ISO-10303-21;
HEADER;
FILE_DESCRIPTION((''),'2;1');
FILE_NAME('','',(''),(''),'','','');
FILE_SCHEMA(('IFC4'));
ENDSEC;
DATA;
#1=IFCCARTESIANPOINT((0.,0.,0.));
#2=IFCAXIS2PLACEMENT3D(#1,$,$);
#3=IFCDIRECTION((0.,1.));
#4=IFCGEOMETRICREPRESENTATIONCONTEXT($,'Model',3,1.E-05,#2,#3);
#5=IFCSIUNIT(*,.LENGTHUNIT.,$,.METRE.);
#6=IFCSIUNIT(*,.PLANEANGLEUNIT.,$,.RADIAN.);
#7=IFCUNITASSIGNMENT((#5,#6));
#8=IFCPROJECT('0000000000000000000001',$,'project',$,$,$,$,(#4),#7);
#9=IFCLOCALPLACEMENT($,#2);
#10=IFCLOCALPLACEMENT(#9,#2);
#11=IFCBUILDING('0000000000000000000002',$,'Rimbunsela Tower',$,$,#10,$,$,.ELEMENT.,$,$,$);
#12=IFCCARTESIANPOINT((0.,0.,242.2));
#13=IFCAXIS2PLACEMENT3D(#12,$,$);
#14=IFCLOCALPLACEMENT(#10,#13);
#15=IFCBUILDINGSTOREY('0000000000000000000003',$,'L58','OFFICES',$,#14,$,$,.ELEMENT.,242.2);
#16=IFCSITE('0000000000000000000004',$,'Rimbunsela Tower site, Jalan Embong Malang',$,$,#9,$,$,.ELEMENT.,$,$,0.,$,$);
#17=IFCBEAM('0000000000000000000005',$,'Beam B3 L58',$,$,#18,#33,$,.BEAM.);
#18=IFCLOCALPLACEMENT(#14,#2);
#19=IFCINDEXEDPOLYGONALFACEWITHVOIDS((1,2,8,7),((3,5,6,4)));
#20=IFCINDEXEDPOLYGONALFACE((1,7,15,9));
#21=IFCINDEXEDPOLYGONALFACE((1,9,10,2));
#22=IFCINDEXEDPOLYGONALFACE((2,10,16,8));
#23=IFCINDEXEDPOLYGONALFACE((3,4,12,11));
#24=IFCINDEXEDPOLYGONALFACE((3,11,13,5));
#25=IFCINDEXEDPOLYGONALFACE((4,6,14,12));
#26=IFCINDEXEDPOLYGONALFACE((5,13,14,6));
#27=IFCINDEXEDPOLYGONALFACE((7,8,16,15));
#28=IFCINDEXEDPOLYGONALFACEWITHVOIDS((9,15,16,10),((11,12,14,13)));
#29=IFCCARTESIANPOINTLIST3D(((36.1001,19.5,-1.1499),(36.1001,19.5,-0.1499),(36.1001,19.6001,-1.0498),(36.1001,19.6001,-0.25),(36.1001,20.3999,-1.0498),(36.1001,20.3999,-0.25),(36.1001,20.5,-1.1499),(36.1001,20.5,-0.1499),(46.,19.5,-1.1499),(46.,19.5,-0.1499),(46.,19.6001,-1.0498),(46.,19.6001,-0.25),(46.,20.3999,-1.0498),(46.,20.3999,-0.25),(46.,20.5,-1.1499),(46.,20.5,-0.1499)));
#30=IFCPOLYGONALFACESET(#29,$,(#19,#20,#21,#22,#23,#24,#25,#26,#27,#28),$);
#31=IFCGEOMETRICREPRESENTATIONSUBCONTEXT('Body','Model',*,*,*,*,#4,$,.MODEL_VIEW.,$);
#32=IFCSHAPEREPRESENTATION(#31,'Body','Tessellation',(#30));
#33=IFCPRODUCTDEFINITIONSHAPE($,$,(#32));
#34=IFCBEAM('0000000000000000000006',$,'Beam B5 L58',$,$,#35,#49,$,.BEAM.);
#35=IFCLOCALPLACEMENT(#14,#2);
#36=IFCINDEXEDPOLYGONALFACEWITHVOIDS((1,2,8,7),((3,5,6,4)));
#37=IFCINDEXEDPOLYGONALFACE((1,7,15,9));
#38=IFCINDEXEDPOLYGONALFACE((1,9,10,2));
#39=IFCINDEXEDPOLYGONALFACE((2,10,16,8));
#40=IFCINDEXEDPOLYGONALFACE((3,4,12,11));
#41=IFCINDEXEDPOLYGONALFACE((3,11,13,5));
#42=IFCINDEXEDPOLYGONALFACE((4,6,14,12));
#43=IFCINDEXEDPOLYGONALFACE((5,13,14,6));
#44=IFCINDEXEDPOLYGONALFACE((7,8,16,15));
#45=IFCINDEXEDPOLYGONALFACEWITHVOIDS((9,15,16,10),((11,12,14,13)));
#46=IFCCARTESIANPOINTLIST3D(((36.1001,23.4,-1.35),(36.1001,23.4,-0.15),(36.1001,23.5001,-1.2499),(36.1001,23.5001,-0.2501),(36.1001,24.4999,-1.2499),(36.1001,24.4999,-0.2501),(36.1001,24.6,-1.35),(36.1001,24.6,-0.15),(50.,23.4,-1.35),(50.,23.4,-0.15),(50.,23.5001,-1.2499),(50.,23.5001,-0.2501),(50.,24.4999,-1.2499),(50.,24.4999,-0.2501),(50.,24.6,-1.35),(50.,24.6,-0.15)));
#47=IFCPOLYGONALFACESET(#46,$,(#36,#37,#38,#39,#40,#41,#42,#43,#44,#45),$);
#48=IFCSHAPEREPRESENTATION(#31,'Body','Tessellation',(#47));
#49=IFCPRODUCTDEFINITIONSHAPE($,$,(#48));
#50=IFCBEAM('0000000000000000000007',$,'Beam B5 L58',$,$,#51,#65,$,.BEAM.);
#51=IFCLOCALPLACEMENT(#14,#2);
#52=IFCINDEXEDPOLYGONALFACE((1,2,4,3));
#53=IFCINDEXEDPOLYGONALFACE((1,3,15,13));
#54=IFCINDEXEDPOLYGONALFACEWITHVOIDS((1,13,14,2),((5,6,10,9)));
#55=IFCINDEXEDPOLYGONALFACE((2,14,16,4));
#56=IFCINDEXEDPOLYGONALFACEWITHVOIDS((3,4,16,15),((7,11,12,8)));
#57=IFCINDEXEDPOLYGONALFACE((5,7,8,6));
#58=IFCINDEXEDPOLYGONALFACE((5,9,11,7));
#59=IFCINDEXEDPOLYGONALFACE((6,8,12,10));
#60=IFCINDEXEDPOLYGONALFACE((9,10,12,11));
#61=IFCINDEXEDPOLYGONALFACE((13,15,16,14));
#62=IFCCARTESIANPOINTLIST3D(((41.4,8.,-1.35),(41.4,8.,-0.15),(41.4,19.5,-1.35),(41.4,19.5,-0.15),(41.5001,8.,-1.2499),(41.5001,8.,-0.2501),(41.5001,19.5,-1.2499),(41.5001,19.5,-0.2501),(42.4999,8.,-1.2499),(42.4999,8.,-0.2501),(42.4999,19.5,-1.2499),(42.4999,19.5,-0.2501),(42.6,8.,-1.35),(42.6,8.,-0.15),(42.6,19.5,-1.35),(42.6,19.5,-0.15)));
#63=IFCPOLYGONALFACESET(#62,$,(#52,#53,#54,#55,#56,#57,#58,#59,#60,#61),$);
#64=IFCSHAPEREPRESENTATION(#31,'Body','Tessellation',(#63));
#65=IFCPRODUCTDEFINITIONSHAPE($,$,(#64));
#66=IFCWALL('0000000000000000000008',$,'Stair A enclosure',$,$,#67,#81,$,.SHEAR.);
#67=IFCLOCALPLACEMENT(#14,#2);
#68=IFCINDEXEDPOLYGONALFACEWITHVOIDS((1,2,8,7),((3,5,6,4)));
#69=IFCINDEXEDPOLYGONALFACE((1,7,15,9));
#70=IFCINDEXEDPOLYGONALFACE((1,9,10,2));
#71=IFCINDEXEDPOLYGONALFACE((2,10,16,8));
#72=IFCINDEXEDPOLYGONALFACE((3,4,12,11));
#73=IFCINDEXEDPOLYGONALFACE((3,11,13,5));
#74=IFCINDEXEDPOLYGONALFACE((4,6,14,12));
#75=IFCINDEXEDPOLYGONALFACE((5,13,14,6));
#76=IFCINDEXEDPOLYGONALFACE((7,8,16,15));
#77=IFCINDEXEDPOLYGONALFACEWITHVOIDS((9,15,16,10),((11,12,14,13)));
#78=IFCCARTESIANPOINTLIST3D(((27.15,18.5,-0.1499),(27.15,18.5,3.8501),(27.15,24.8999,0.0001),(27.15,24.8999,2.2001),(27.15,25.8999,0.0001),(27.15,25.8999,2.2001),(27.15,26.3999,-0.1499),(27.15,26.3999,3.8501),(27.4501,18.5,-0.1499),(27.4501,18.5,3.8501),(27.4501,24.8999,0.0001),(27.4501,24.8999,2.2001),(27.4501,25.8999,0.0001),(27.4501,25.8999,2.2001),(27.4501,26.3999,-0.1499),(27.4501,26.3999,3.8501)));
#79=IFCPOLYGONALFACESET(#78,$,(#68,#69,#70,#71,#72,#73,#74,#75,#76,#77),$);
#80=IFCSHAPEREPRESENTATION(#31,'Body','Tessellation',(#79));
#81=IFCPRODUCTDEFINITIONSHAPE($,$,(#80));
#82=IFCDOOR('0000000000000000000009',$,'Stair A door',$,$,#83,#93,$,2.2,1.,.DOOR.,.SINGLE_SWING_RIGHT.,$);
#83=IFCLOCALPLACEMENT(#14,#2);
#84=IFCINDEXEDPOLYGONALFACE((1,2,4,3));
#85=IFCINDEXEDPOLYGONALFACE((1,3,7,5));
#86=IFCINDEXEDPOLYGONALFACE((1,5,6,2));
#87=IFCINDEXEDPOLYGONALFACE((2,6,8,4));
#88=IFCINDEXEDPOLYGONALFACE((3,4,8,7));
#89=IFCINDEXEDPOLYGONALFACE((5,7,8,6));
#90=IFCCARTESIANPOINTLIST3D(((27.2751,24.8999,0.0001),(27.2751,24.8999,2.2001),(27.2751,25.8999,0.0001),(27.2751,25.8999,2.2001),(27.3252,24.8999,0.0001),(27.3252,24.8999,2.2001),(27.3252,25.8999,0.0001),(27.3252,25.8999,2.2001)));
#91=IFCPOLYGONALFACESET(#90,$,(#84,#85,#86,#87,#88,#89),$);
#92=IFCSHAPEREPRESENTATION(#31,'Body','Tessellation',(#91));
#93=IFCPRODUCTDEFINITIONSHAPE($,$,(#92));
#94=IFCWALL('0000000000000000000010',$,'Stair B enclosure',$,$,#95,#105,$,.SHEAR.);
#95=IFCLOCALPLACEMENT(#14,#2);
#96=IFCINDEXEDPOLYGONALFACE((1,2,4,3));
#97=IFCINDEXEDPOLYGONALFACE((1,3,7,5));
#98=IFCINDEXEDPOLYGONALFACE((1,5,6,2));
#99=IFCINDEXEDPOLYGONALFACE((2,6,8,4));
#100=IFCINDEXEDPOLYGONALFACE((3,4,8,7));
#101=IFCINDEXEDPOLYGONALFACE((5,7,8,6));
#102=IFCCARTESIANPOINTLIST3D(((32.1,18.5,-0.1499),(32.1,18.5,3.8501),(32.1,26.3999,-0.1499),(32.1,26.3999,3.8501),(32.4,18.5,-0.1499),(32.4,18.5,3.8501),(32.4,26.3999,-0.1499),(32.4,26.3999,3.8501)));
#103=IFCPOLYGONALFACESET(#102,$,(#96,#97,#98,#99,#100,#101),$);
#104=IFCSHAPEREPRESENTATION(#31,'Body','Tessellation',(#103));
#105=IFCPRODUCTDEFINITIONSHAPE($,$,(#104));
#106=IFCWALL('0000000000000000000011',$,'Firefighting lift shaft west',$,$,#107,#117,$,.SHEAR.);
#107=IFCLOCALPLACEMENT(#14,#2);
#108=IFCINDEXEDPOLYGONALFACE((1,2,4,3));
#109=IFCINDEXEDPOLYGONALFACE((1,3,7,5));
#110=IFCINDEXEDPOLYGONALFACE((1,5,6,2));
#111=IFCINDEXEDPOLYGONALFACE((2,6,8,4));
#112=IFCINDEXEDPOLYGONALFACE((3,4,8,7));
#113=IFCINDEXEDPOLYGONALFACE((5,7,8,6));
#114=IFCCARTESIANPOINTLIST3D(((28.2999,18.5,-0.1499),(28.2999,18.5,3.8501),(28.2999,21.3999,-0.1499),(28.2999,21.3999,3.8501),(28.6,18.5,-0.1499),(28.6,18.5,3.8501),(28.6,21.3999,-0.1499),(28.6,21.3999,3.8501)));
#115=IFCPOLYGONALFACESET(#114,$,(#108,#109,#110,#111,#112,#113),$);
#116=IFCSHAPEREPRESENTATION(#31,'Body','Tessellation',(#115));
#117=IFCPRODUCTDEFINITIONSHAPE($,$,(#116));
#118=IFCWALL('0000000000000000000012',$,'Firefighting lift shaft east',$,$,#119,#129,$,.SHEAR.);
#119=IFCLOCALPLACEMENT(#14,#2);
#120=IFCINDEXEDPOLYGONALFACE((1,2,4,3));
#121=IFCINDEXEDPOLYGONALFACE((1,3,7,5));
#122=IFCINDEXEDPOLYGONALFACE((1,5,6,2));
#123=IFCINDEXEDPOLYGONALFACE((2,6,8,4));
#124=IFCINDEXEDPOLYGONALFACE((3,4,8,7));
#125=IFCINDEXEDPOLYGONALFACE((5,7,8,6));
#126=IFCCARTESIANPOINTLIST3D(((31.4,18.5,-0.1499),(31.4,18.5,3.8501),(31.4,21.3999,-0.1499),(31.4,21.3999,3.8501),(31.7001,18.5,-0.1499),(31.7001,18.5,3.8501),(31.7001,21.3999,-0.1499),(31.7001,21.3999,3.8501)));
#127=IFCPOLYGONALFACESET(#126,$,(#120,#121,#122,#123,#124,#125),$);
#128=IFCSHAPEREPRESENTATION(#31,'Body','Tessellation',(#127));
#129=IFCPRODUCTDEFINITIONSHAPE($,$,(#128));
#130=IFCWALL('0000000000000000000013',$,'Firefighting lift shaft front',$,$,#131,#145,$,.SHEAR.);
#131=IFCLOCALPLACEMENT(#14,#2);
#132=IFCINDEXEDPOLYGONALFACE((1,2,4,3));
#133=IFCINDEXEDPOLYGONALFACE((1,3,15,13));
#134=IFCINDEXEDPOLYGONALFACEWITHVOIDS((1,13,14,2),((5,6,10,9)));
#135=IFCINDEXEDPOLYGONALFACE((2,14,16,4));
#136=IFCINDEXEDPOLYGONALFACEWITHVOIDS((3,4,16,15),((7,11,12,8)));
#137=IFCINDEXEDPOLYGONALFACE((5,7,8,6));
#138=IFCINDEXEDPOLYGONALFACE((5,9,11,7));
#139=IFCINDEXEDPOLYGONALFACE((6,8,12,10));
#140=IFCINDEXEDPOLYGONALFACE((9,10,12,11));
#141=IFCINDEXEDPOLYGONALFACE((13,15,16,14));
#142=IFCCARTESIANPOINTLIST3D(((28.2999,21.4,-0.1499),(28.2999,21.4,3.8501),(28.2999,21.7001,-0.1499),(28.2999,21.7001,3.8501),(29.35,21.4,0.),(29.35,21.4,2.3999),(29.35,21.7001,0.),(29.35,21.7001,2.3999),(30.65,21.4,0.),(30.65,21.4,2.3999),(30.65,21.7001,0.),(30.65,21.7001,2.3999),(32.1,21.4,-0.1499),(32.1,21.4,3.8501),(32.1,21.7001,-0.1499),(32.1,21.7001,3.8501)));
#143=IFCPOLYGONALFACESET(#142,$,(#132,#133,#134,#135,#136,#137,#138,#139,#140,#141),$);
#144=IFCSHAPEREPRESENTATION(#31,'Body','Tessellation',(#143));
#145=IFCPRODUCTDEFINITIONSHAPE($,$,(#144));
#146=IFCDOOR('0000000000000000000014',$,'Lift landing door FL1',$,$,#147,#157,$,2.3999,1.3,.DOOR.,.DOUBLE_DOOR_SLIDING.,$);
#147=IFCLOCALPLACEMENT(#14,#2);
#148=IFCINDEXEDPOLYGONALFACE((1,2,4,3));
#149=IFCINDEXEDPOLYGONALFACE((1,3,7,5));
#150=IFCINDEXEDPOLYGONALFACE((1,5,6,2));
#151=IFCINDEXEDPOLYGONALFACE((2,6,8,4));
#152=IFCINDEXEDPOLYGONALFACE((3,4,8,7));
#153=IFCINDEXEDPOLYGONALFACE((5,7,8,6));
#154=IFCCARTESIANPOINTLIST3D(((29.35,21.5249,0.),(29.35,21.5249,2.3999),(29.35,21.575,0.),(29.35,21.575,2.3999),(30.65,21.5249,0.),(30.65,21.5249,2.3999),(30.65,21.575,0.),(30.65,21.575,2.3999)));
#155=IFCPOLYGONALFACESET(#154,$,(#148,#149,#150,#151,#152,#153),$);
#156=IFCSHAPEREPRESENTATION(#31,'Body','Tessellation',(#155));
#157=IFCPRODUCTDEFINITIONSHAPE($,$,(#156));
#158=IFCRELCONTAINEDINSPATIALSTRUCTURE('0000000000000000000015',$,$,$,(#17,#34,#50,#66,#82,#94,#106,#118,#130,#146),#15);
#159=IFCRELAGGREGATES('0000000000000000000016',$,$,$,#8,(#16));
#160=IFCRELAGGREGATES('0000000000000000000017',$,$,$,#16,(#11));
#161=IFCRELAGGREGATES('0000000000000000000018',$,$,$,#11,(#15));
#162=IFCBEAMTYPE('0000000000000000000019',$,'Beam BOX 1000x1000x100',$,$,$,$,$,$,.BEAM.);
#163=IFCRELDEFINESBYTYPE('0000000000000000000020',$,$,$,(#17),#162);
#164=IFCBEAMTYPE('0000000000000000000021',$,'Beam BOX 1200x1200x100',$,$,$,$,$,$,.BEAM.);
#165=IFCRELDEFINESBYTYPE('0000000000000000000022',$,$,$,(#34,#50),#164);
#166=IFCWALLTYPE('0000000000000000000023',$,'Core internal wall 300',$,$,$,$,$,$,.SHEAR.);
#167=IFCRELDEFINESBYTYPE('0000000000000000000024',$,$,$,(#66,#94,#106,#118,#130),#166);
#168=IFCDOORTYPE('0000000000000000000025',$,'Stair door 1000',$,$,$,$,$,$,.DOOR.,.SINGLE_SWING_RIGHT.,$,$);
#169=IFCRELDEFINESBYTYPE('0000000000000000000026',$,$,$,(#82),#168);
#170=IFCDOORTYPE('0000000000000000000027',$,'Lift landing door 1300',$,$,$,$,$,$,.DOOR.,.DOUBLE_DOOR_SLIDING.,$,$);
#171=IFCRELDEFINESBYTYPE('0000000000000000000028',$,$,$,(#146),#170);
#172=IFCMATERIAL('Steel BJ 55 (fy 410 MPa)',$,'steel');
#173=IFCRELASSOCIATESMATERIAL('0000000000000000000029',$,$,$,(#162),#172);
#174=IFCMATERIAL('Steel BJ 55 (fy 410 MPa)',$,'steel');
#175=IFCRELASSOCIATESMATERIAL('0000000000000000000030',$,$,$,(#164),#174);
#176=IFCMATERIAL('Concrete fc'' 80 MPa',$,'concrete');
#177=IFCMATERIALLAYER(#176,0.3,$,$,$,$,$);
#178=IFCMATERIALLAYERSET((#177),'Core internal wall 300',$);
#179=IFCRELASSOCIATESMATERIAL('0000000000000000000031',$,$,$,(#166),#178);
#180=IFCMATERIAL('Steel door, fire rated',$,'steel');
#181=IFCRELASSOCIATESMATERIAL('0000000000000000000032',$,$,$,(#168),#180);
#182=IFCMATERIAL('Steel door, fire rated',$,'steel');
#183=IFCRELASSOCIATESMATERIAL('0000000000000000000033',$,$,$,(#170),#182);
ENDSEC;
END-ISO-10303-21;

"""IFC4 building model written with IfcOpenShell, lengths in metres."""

from ifc_helpers import new_model, si_unit, direction, frame, frame_2d, origin, origin_2d, place, context, subcontext, project, spatial, rectangle, hollow_rectangle, extrude, material, layer, layer_set, material_profile, profile_set, type_object, element, fill, save


model = new_model("IFC4")

# Units and contexts
model_context = context("Model", 3, precision=1e-05, world=origin(), true_north=direction((0.0, 1.0)))
body_context = subcontext(model_context, "Body", "Model", "MODEL_VIEW")
ifc_project = project(units=[si_unit("LENGTHUNIT", "METRE"), si_unit("PLANEANGLEUNIT", "RADIAN")], contexts=[model_context])

# Site, building, storey
site_placement = place(None, origin())
site = spatial("IfcSite", under=ifc_project, at=site_placement, Name="Rimbunsela Tower site, Jalan Embong Malang", CompositionType="ELEMENT", RefElevation=0.0)
building_placement = place(site_placement, origin())
building = spatial("IfcBuilding", under=site, at=building_placement, Name="Rimbunsela Tower", CompositionType="ELEMENT")
storey_placement = place(building_placement, frame((0.0, 0.0, 242.2)))
storey = spatial("IfcBuildingStorey", under=building, at=storey_placement, Name="L58", Description="OFFICES", CompositionType="ELEMENT", Elevation=242.2)

# Beams
ifc_material_1 = material(Name="Steel BJ 55 (fy 410 MPa)", Category="steel")
ifc_material_profile_1 = material_profile(ifc_material_1, hollow_rectangle(XDim=1.0, YDim=1.0, WallThickness=0.1001, at=origin_2d()), Name="BOX 1000x1000x100")
ifc_profile_set_1 = profile_set([ifc_material_profile_1], Name="Steel BJ 55 (fy 410 MPa)")
beam_type_1 = type_object("IfcBeamType", Name="Beam BOX 1000x1000x100", PredefinedType="BEAM", material=ifc_profile_set_1)
beam_1_placement = place(storey_placement, frame((36.1001, 20.0, -0.6499), z_axis=(1.0, 0.0, 0.0), x_axis=(0.0, 1.0, 0.0)))
element("IfcBeam", 1, at=beam_1_placement, inside=storey, type_object=beam_type_1, Name="Beam B3 L58", PredefinedType="BEAM", context=body_context, shape_type="SweptSolid", body=[
    extrude(hollow_rectangle(XDim=1.0, YDim=1.0, WallThickness=0.1001, at=origin_2d()), origin(), (0.0, 0.0, 1.0), 9.8999),
])
ifc_material_2 = material(Name="Steel BJ 55 (fy 410 MPa)", Category="steel")
ifc_material_profile_2 = material_profile(ifc_material_2, hollow_rectangle(XDim=1.2, YDim=1.2, WallThickness=0.1001, at=origin_2d()), Name="BOX 1200x1200x100")
ifc_profile_set_2 = profile_set([ifc_material_profile_2], Name="Steel BJ 55 (fy 410 MPa)")
beam_type_2 = type_object("IfcBeamType", Name="Beam BOX 1200x1200x100", PredefinedType="BEAM", material=ifc_profile_set_2)
beam_2_placement = place(storey_placement, frame((36.1001, 24.0, -0.75), z_axis=(1.0, 0.0, 0.0), x_axis=(0.0, 1.0, 0.0)))
element("IfcBeam", 2, at=beam_2_placement, inside=storey, type_object=beam_type_2, Name="Beam B5 L58", PredefinedType="BEAM", context=body_context, shape_type="SweptSolid", body=[
    extrude(hollow_rectangle(XDim=1.2, YDim=1.2, WallThickness=0.1001, at=origin_2d()), origin(), (0.0, 0.0, 1.0), 13.8999),
])
beam_3_placement = place(storey_placement, frame((42.0, 8.0, -0.75), z_axis=(0.0, 1.0, 0.0), x_axis=(-1.0, 0.0, 0.0)))
element("IfcBeam", 3, at=beam_3_placement, inside=storey, type_object=beam_type_2, Name="Beam B5 L58", PredefinedType="BEAM", context=body_context, shape_type="SweptSolid", body=[
    extrude(hollow_rectangle(XDim=1.2, YDim=1.2, WallThickness=0.1001, at=origin_2d()), origin(), (0.0, 0.0, 1.0), 11.5),
])

# Wall, opening, door
ifc_material_3 = material(Name="Concrete fc' 80 MPa", Category="concrete")
ifc_layer_1 = layer(ifc_material_3, 0.3)
ifc_layer_set_1 = layer_set([ifc_layer_1], Name="Core internal wall 300")
wall_type_1 = type_object("IfcWallType", Name="Core internal wall 300", PredefinedType="SHEAR", material=ifc_layer_set_1)
wall_1_placement = place(storey_placement, frame((27.3, 18.5, -0.1499), z_axis=(0.0, 0.0, 1.0), x_axis=(0.0, 1.0, 0.0)))
wall_1 = element("IfcWall", 4, at=wall_1_placement, inside=storey, type_object=wall_type_1, Name="Stair A enclosure", PredefinedType="SHEAR", context=body_context, shape_type="SweptSolid", body=[
    extrude(rectangle(XDim=7.8999, YDim=0.3, at=frame_2d((3.95, 0.0))), origin(), (0.0, 0.0, 1.0), 4.0),
])
opening_1_placement = place(wall_1_placement, frame((6.3999, 0.0, 0.1499)))
opening_1 = element("IfcOpeningElement", 5, at=opening_1_placement, cuts=wall_1, PredefinedType="OPENING", context=body_context, shape_type="SweptSolid", body=[
    extrude(rectangle(XDim=1.0, YDim=2.2, at=frame_2d((0.5, 1.1001))), frame((0.0, 0.1599, 0.0), z_axis=(0.0, -1.0, 0.0), x_axis=(1.0, 0.0, 0.0)), (0.0, 0.0, 1.0), 0.3201),
])
ifc_material_4 = material(Name="Steel door, fire rated", Category="steel")
door_type_1 = type_object("IfcDoorType", Name="Stair door 1000", OperationType="SINGLE_SWING_RIGHT", PredefinedType="DOOR", material=ifc_material_4)
door_1_placement = place(opening_1_placement, origin())
door_1 = element("IfcDoor", 6, at=door_1_placement, inside=storey, type_object=door_type_1, Name="Stair A door", OperationType="SINGLE_SWING_RIGHT", OverallHeight=2.2, OverallWidth=1.0, PredefinedType="DOOR", context=body_context, shape_type="SweptSolid", body=[
    extrude(rectangle(XDim=1.0, YDim=2.2, at=frame_2d((0.5, 1.1001))), frame((0.0, 0.0249, 0.0), z_axis=(0.0, -1.0, 0.0), x_axis=(1.0, 0.0, 0.0)), (0.0, 0.0, 1.0), 0.05),
])
fill(opening_1, door_1)

# Walls
wall_2_placement = place(storey_placement, frame((32.25, 18.5, -0.1499), z_axis=(0.0, 0.0, 1.0), x_axis=(0.0, 1.0, 0.0)))
element("IfcWall", 7, at=wall_2_placement, inside=storey, type_object=wall_type_1, Name="Stair B enclosure", PredefinedType="SHEAR", context=body_context, shape_type="SweptSolid", body=[
    extrude(rectangle(XDim=7.8999, YDim=0.3, at=frame_2d((3.95, 0.0))), origin(), (0.0, 0.0, 1.0), 4.0),
])
for number, where, z_axis, x_axis, name in (
    (8, (28.45, 18.5, -0.1499), (0.0, 0.0, 1.0), (0.0, 1.0, 0.0), "Firefighting lift shaft west"),
    (9, (31.55, 18.5, -0.1499), (0.0, 0.0, 1.0), (0.0, 1.0, 0.0), "Firefighting lift shaft east"),
):
    element("IfcWall", number, at=place(storey_placement, frame(where, z_axis=z_axis, x_axis=x_axis)), inside=storey, type_object=wall_type_1, Name=name, PredefinedType="SHEAR", context=body_context, shape_type="SweptSolid", body=[
        extrude(rectangle(XDim=2.8999, YDim=0.3, at=frame_2d((1.45, 0.0))), origin(), (0.0, 0.0, 1.0), 4.0),
    ])

# Wall, opening, door
wall_3_placement = place(storey_placement, frame((28.3, 21.55, -0.1499), z_axis=(0.0, 0.0, 1.0), x_axis=(1.0, 0.0, 0.0)))
wall_3 = element("IfcWall", 10, at=wall_3_placement, inside=storey, type_object=wall_type_1, Name="Firefighting lift shaft front", PredefinedType="SHEAR", context=body_context, shape_type="SweptSolid", body=[
    extrude(rectangle(XDim=3.8, YDim=0.3, at=frame_2d((1.8999, 0.0))), origin(), (0.0, 0.0, 1.0), 4.0),
])
opening_2_placement = place(wall_3_placement, frame((1.05, 0.0, 0.1499)))
opening_2 = element("IfcOpeningElement", 11, at=opening_2_placement, cuts=wall_3, PredefinedType="OPENING", context=body_context, shape_type="SweptSolid", body=[
    extrude(rectangle(XDim=1.3, YDim=2.3999, at=frame_2d((0.6499, 1.2))), frame((0.0, 0.1599, 0.0), z_axis=(0.0, -1.0, 0.0), x_axis=(1.0, 0.0, 0.0)), (0.0, 0.0, 1.0), 0.3201),
])
ifc_material_5 = material(Name="Steel door, fire rated", Category="steel")
door_type_2 = type_object("IfcDoorType", Name="Lift landing door 1300", OperationType="DOUBLE_DOOR_SLIDING", PredefinedType="DOOR", material=ifc_material_5)
door_2_placement = place(opening_2_placement, origin())
door_2 = element("IfcDoor", 12, at=door_2_placement, inside=storey, type_object=door_type_2, Name="Lift landing door FL1", OperationType="DOUBLE_DOOR_SLIDING", OverallHeight=2.3999, OverallWidth=1.3, PredefinedType="DOOR", context=body_context, shape_type="SweptSolid", body=[
    extrude(rectangle(XDim=1.3, YDim=2.3999, at=frame_2d((0.6499, 1.2))), frame((0.0, 0.0249, 0.0), z_axis=(0.0, -1.0, 0.0), x_axis=(1.0, 0.0, 0.0)), (0.0, 0.0, 1.0), 0.05),
])
fill(opening_2, door_2)

save(model, "model.ifc")
